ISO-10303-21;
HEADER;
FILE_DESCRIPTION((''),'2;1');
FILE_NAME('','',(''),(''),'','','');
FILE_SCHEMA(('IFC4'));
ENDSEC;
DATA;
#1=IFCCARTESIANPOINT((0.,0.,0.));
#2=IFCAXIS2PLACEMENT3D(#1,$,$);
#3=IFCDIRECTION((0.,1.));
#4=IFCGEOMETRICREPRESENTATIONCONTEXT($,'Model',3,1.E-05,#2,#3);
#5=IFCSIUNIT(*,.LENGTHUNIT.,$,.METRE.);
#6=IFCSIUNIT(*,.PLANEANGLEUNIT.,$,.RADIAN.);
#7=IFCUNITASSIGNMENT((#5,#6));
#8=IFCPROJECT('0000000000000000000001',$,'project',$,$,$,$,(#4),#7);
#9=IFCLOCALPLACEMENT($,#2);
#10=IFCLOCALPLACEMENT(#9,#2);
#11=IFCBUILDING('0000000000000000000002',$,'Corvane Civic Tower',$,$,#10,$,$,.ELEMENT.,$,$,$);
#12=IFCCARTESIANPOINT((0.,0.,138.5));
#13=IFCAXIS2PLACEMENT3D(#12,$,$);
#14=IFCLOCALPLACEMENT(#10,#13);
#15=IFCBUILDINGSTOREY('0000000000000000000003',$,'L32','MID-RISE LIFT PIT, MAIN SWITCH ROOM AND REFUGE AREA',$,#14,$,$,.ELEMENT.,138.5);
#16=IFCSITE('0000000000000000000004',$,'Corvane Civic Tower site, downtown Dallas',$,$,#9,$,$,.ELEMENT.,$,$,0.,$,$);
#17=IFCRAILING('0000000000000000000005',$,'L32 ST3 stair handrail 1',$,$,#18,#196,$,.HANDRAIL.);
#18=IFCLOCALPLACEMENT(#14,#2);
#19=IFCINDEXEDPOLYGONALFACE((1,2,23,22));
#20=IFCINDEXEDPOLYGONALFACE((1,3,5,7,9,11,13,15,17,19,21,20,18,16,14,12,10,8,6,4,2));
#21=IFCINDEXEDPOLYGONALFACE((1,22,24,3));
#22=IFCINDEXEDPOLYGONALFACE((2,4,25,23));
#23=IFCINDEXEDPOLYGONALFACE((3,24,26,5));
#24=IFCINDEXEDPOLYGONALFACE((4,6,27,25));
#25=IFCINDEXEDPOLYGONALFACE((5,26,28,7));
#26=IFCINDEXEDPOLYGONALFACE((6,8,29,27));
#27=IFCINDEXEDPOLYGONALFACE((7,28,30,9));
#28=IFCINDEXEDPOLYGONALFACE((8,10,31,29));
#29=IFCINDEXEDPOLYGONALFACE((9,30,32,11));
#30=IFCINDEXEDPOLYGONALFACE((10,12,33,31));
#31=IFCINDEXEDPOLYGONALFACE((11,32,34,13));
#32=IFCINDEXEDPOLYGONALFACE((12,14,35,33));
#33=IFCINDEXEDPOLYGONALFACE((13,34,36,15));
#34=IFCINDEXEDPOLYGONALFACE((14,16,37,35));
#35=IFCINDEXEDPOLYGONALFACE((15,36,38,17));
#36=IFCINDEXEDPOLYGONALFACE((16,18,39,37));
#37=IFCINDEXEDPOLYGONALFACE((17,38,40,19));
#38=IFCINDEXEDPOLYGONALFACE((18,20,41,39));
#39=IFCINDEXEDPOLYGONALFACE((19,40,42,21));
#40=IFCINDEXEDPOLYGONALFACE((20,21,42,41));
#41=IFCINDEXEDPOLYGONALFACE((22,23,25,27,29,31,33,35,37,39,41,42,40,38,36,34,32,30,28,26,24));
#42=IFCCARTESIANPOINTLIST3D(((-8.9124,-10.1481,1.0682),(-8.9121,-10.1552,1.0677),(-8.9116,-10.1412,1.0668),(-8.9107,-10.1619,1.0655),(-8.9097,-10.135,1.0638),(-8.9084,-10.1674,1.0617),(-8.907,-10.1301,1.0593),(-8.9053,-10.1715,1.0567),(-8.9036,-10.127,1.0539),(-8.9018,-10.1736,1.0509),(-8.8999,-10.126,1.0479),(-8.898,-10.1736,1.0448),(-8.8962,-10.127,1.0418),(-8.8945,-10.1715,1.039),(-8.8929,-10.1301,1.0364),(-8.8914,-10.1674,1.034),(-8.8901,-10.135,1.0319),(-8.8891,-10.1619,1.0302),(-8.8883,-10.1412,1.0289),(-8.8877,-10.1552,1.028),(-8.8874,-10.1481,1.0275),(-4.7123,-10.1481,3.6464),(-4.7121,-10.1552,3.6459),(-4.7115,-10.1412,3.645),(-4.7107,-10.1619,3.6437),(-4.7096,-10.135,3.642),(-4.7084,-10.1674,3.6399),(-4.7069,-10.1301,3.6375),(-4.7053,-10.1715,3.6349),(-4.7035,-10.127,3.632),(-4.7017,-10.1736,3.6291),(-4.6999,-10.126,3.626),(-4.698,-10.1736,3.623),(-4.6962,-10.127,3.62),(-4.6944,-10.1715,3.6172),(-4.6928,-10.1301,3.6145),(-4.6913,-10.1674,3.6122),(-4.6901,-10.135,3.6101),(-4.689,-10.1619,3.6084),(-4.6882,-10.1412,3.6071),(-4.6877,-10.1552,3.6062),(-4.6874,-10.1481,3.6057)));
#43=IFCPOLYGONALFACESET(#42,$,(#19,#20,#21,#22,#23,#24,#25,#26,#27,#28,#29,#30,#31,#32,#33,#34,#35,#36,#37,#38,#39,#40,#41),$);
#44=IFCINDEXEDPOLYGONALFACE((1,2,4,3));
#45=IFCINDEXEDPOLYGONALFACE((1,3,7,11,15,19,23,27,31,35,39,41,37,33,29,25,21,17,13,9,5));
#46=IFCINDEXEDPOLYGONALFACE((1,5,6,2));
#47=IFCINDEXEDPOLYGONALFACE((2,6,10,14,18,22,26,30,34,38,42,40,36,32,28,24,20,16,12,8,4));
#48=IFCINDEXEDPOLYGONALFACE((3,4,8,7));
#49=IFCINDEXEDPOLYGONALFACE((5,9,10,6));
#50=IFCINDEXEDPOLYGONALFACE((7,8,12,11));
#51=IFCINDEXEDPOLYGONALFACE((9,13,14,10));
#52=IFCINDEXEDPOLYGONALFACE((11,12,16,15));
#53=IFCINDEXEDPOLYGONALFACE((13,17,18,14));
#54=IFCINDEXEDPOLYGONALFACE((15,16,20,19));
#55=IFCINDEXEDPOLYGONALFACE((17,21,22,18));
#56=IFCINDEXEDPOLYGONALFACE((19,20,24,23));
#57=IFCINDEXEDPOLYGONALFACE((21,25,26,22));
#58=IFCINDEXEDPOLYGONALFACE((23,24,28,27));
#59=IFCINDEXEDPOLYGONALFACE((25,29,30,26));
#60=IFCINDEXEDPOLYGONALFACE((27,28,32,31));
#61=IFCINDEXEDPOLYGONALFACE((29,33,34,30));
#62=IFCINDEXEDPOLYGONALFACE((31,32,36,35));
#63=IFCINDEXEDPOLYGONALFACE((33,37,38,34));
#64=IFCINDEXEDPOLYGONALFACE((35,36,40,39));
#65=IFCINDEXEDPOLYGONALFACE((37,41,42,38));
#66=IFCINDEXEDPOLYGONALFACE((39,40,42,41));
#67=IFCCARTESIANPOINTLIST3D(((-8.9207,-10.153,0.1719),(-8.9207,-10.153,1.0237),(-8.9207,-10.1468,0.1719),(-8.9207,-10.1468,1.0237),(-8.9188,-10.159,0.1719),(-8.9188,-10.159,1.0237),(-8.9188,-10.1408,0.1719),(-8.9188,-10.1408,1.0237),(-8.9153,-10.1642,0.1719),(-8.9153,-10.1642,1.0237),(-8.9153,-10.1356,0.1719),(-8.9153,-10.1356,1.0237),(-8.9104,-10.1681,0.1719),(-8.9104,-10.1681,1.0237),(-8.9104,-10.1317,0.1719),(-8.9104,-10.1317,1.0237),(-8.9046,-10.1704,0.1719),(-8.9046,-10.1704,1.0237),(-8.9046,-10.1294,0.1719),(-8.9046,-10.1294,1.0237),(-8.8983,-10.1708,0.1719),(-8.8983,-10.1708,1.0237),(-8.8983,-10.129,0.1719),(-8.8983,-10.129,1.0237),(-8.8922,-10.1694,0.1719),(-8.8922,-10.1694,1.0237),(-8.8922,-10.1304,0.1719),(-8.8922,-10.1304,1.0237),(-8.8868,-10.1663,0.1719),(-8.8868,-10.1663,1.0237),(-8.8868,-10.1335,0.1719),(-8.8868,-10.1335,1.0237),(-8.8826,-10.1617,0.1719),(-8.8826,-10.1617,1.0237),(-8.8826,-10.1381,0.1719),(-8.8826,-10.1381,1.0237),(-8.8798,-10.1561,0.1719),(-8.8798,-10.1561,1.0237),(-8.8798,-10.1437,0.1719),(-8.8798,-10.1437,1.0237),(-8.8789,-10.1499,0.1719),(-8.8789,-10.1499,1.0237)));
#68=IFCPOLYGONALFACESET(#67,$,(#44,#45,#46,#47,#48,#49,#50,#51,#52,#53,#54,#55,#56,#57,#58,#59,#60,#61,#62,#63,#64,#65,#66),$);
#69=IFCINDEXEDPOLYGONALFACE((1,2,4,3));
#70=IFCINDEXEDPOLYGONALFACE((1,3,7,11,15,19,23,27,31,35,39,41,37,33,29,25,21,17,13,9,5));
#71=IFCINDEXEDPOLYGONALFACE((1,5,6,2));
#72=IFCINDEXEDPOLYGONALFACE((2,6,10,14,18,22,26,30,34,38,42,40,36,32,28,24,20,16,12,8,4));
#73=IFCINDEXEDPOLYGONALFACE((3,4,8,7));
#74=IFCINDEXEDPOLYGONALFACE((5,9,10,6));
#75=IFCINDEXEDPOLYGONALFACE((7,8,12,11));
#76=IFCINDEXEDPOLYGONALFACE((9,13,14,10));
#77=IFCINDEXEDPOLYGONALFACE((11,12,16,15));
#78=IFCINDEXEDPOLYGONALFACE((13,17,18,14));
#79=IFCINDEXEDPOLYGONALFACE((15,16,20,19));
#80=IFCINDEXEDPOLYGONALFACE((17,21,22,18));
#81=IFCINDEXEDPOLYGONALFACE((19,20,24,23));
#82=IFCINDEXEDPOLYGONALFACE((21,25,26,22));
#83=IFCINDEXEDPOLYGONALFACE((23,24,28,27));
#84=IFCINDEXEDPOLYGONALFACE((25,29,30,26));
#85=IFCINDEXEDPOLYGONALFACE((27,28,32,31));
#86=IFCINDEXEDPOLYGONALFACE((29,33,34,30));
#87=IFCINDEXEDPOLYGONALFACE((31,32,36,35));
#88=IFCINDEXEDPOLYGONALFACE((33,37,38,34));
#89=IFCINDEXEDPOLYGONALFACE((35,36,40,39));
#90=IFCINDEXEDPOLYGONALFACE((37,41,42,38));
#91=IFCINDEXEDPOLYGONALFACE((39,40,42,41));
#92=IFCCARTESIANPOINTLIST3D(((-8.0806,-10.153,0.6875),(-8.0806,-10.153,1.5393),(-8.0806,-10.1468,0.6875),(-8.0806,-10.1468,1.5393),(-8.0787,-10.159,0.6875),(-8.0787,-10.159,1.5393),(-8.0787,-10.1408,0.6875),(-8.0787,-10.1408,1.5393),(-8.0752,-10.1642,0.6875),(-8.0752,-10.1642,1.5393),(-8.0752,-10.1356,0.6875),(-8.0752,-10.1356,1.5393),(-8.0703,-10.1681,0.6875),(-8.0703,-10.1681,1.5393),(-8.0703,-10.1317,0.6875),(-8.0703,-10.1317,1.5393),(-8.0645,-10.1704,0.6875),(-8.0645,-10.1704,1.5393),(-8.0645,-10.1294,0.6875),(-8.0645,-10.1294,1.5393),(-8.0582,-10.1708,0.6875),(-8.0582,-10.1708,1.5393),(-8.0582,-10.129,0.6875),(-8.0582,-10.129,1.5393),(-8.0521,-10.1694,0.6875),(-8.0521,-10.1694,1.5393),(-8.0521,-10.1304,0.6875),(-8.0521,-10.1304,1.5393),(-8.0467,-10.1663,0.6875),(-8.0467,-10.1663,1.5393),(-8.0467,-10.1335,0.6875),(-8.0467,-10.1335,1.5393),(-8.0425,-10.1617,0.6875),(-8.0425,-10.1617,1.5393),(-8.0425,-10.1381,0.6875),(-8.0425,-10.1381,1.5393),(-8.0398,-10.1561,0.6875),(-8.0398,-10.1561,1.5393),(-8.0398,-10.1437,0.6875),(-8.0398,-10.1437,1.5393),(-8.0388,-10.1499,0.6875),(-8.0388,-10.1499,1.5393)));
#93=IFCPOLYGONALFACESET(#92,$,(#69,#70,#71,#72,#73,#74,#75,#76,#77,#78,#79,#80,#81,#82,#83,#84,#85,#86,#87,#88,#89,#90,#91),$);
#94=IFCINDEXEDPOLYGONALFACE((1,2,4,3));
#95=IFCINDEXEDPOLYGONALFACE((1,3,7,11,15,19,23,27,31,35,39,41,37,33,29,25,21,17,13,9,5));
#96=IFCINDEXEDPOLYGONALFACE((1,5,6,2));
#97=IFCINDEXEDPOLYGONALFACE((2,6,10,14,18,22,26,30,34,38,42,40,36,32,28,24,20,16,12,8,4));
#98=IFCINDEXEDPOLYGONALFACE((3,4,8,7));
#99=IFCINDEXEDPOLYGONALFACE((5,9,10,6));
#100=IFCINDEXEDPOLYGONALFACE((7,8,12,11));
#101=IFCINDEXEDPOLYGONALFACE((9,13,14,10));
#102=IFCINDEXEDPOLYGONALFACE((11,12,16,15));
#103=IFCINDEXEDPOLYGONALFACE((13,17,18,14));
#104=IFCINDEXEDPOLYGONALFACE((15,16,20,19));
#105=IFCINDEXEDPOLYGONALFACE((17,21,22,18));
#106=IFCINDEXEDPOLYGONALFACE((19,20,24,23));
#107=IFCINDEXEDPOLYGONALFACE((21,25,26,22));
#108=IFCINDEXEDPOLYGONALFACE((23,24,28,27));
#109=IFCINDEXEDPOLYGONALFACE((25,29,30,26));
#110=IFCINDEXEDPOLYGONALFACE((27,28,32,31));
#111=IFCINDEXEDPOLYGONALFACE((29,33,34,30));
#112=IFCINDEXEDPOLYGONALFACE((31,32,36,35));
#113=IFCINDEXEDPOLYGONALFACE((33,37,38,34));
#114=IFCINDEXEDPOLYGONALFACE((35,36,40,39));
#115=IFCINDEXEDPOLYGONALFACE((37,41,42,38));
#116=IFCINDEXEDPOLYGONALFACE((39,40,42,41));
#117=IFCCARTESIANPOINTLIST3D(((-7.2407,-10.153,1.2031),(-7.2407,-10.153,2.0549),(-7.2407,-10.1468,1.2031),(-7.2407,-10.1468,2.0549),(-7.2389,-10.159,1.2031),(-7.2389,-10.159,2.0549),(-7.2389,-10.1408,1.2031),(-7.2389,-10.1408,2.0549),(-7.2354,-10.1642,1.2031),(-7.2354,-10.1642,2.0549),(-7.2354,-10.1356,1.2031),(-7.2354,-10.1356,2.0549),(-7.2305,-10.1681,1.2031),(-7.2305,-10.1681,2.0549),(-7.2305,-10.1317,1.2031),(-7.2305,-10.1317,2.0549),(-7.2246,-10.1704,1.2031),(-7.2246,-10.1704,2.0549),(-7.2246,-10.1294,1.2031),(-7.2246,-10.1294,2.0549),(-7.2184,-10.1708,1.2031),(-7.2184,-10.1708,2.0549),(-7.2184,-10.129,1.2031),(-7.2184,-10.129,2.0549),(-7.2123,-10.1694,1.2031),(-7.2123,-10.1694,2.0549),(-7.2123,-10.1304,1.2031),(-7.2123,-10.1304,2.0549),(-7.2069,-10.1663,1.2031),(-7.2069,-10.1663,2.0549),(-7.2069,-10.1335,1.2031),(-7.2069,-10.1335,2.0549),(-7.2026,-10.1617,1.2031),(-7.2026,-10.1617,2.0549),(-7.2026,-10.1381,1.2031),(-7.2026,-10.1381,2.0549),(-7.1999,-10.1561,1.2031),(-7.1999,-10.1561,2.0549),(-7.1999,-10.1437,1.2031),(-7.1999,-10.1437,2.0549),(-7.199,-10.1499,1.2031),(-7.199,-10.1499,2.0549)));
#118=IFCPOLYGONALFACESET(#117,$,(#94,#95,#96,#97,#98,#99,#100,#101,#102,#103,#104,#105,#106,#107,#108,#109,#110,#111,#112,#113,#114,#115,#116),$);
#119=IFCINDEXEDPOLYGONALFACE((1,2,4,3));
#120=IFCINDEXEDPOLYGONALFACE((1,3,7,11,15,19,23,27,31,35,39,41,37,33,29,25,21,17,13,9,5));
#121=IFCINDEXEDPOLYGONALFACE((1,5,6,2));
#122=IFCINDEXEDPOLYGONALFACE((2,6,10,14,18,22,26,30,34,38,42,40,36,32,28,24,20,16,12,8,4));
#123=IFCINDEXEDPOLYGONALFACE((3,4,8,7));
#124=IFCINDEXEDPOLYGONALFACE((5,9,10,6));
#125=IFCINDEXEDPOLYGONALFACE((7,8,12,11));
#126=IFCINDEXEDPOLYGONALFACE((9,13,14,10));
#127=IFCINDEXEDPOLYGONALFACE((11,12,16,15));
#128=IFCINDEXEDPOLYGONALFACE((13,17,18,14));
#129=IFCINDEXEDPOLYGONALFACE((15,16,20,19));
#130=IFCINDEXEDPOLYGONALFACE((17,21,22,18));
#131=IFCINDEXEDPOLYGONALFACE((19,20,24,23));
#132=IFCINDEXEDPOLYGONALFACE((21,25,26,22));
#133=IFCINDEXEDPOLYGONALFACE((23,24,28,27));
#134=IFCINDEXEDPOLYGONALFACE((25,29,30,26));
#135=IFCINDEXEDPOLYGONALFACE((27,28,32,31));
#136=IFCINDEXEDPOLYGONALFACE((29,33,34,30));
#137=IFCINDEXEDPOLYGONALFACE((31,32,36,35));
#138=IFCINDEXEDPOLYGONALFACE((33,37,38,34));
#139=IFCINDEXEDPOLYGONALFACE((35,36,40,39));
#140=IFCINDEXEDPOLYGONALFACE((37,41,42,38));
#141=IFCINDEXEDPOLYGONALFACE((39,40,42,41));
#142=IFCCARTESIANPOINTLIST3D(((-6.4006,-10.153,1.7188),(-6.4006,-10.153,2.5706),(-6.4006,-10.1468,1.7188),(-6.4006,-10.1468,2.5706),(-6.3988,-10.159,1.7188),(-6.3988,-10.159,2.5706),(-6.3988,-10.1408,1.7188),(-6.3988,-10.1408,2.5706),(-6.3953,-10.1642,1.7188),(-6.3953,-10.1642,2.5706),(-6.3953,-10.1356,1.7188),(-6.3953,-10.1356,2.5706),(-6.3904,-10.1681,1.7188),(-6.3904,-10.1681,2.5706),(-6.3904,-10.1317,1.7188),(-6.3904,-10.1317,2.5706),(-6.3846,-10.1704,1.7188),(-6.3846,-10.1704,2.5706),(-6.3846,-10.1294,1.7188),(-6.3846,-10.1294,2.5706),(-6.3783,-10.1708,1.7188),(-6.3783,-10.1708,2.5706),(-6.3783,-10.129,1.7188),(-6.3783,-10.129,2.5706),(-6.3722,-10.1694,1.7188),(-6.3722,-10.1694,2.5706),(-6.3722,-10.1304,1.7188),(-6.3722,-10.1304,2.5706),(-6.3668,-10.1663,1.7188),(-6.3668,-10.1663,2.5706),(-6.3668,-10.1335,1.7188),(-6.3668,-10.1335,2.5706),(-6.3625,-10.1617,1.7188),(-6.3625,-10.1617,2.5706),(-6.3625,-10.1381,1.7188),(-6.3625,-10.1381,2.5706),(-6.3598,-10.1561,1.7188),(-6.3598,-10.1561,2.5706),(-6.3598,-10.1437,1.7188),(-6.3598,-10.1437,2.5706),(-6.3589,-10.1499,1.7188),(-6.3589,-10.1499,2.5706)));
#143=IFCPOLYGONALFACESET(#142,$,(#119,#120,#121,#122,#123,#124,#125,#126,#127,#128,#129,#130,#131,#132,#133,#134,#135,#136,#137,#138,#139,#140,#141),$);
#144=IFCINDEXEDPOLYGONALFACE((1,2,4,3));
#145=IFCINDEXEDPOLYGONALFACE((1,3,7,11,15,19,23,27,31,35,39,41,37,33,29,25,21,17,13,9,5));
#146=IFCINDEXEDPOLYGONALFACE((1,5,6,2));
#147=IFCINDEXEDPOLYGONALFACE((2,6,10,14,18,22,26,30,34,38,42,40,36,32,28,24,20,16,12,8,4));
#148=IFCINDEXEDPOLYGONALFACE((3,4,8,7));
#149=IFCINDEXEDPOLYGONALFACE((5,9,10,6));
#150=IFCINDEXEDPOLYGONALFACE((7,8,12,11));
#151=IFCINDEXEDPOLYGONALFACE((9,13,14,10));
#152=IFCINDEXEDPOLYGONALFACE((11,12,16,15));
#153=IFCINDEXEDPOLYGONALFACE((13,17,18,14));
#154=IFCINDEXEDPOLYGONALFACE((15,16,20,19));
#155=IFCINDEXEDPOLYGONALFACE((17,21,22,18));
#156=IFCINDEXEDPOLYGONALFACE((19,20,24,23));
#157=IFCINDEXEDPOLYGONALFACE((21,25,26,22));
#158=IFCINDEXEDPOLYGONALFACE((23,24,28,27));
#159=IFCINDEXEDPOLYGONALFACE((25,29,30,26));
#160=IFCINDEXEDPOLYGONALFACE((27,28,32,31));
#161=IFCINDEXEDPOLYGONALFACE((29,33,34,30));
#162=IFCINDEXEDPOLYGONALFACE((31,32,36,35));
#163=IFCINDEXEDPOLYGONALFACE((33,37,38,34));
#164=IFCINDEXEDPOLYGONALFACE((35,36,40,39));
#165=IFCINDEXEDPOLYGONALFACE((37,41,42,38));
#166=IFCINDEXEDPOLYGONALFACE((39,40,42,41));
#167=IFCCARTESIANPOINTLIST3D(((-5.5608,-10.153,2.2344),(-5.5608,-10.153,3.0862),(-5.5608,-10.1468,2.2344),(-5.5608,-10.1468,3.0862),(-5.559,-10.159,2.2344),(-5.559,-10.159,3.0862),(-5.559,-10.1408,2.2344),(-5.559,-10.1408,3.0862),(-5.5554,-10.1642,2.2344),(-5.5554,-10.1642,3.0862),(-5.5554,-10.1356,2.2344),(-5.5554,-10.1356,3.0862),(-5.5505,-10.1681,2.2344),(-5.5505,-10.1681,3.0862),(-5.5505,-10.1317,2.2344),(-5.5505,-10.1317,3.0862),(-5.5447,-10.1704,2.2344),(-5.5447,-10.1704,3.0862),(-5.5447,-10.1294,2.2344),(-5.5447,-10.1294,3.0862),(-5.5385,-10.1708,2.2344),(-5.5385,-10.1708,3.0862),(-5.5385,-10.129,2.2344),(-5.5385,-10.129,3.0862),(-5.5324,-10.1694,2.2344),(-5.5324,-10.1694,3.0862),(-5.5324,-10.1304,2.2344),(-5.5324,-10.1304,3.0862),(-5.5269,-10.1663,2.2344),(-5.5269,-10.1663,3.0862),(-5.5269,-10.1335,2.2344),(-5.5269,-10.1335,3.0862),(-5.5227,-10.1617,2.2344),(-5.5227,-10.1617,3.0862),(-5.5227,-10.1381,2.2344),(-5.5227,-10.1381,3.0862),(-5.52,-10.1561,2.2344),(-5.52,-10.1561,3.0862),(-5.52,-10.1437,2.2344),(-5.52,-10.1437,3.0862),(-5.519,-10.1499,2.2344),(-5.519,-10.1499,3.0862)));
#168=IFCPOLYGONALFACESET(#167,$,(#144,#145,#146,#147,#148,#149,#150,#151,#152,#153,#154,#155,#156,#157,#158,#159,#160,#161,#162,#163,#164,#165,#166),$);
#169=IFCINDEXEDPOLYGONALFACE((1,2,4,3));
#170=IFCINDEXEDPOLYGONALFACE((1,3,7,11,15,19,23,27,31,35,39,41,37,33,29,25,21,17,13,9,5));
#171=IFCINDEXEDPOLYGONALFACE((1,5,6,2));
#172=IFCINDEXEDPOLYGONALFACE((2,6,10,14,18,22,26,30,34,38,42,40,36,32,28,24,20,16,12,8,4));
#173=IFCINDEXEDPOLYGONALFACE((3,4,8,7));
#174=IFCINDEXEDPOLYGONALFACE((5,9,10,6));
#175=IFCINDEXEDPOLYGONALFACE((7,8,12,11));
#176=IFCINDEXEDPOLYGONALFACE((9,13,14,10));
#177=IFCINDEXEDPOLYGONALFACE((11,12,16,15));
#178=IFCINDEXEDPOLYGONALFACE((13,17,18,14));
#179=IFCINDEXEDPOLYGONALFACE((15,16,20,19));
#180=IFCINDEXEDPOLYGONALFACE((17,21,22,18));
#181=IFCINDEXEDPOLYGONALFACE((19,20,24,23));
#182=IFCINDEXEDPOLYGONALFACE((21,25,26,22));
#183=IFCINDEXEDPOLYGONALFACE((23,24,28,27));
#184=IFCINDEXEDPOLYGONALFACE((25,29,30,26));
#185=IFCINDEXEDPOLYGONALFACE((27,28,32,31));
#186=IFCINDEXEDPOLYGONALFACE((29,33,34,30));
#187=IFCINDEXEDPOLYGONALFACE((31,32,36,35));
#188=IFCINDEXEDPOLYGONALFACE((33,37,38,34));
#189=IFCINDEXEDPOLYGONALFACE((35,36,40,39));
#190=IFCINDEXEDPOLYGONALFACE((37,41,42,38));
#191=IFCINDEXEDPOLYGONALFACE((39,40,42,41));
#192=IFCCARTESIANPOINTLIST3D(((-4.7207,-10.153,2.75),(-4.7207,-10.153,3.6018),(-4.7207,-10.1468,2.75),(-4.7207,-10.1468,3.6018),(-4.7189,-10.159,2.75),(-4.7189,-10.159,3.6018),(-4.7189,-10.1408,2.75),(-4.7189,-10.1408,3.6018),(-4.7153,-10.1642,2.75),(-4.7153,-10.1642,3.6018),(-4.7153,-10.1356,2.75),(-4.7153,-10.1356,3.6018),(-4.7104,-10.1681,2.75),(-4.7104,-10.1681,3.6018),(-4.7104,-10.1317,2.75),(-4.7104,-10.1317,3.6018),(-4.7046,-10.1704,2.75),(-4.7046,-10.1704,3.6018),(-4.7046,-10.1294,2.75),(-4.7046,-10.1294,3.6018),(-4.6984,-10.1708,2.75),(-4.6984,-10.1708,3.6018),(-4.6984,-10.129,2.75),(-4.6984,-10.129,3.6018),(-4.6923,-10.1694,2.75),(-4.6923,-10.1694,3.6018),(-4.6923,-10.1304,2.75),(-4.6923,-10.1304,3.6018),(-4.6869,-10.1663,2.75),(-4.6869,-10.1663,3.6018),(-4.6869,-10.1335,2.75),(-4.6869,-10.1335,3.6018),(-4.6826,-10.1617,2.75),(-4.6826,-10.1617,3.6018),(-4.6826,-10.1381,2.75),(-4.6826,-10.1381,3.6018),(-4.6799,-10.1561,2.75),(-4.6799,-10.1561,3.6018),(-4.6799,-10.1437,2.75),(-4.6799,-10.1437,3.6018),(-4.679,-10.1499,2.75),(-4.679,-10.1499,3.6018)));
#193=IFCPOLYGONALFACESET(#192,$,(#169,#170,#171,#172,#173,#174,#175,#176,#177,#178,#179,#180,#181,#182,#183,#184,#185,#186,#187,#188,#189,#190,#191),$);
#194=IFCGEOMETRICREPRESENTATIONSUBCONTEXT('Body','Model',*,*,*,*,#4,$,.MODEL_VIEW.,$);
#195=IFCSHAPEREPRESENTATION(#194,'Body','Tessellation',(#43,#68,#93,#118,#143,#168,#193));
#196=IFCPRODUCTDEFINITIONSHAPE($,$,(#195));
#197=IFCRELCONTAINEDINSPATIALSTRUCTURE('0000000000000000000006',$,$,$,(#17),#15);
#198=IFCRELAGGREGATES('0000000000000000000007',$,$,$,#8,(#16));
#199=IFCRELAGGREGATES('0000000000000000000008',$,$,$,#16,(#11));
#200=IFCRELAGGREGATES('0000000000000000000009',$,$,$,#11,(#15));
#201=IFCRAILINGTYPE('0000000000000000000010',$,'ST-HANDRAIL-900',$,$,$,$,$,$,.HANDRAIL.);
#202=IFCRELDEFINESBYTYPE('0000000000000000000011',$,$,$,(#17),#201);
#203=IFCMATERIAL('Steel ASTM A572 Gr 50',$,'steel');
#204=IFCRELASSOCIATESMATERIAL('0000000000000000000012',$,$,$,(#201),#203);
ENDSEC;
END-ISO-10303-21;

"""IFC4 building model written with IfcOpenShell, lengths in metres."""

from ifc_helpers import new_model, si_unit, direction, frame, origin, origin_2d, place, context, subcontext, project, spatial, circle, extrude, material, type_object, element, save


model = new_model("IFC4")

# Units and contexts
model_context = context("Model", 3, precision=1e-05, world=origin(), true_north=direction((0.0, 1.0)))
body_context = subcontext(model_context, "Body", "Model", "MODEL_VIEW")
ifc_project = project(units=[si_unit("LENGTHUNIT", "METRE"), si_unit("PLANEANGLEUNIT", "RADIAN")], contexts=[model_context])

# Site, building, storey
site_placement = place(None, origin())
site = spatial("IfcSite", under=ifc_project, at=site_placement, Name="Corvane Civic Tower site, downtown Dallas", CompositionType="ELEMENT", RefElevation=0.0)
building_placement = place(site_placement, origin())
building = spatial("IfcBuilding", under=site, at=building_placement, Name="Corvane Civic Tower", CompositionType="ELEMENT")
storey_placement = place(building_placement, frame((0.0, 0.0, 138.5)))
storey = spatial("IfcBuildingStorey", under=building, at=storey_placement, Name="L32", Description="MID-RISE LIFT PIT, MAIN SWITCH ROOM AND REFUGE AREA", CompositionType="ELEMENT", Elevation=138.5)

# Railing
ifc_material_1 = material(Name="Steel ASTM A572 Gr 50", Category="steel")
railing_type_1 = type_object("IfcRailingType", Name="ST-HANDRAIL-900", PredefinedType="HANDRAIL", material=ifc_material_1)
railing_1_placement = place(storey_placement, frame((-8.8999, -10.1499, 0.1719)))
element("IfcRailing", 1, at=railing_1_placement, inside=storey, type_object=railing_type_1, Name="L32 ST3 stair handrail 1", PredefinedType="HANDRAIL", context=body_context, shape_type="SweptSolid", body=[
    extrude(circle(Radius=0.0239, at=origin_2d()), frame((0.0, 0.0, 0.876), z_axis=(0.852243, 0.0, 0.523146), x_axis=(0.0, 1.0, 0.0)), (0.0, 0.0, 1.0), 4.9282),
    extrude(circle(Radius=0.021, at=origin_2d()), origin(), (0.0, 0.0, 1.0), 0.8518),
    extrude(circle(Radius=0.021, at=origin_2d()), frame((0.8401, 0.0, 0.5156)), (0.0, 0.0, 1.0), 0.8518),
    extrude(circle(Radius=0.021, at=origin_2d()), frame((1.6799, 0.0, 1.0312)), (0.0, 0.0, 1.0), 0.8518),
    extrude(circle(Radius=0.021, at=origin_2d()), frame((2.52, 0.0, 1.5469)), (0.0, 0.0, 1.0), 0.8518),
    extrude(circle(Radius=0.021, at=origin_2d()), frame((3.3599, 0.0, 2.0625)), (0.0, 0.0, 1.0), 0.8518),
    extrude(circle(Radius=0.021, at=origin_2d()), frame((4.2, 0.0, 2.5781)), (0.0, 0.0, 1.0), 0.8518),
])

save(model, "model.ifc")
